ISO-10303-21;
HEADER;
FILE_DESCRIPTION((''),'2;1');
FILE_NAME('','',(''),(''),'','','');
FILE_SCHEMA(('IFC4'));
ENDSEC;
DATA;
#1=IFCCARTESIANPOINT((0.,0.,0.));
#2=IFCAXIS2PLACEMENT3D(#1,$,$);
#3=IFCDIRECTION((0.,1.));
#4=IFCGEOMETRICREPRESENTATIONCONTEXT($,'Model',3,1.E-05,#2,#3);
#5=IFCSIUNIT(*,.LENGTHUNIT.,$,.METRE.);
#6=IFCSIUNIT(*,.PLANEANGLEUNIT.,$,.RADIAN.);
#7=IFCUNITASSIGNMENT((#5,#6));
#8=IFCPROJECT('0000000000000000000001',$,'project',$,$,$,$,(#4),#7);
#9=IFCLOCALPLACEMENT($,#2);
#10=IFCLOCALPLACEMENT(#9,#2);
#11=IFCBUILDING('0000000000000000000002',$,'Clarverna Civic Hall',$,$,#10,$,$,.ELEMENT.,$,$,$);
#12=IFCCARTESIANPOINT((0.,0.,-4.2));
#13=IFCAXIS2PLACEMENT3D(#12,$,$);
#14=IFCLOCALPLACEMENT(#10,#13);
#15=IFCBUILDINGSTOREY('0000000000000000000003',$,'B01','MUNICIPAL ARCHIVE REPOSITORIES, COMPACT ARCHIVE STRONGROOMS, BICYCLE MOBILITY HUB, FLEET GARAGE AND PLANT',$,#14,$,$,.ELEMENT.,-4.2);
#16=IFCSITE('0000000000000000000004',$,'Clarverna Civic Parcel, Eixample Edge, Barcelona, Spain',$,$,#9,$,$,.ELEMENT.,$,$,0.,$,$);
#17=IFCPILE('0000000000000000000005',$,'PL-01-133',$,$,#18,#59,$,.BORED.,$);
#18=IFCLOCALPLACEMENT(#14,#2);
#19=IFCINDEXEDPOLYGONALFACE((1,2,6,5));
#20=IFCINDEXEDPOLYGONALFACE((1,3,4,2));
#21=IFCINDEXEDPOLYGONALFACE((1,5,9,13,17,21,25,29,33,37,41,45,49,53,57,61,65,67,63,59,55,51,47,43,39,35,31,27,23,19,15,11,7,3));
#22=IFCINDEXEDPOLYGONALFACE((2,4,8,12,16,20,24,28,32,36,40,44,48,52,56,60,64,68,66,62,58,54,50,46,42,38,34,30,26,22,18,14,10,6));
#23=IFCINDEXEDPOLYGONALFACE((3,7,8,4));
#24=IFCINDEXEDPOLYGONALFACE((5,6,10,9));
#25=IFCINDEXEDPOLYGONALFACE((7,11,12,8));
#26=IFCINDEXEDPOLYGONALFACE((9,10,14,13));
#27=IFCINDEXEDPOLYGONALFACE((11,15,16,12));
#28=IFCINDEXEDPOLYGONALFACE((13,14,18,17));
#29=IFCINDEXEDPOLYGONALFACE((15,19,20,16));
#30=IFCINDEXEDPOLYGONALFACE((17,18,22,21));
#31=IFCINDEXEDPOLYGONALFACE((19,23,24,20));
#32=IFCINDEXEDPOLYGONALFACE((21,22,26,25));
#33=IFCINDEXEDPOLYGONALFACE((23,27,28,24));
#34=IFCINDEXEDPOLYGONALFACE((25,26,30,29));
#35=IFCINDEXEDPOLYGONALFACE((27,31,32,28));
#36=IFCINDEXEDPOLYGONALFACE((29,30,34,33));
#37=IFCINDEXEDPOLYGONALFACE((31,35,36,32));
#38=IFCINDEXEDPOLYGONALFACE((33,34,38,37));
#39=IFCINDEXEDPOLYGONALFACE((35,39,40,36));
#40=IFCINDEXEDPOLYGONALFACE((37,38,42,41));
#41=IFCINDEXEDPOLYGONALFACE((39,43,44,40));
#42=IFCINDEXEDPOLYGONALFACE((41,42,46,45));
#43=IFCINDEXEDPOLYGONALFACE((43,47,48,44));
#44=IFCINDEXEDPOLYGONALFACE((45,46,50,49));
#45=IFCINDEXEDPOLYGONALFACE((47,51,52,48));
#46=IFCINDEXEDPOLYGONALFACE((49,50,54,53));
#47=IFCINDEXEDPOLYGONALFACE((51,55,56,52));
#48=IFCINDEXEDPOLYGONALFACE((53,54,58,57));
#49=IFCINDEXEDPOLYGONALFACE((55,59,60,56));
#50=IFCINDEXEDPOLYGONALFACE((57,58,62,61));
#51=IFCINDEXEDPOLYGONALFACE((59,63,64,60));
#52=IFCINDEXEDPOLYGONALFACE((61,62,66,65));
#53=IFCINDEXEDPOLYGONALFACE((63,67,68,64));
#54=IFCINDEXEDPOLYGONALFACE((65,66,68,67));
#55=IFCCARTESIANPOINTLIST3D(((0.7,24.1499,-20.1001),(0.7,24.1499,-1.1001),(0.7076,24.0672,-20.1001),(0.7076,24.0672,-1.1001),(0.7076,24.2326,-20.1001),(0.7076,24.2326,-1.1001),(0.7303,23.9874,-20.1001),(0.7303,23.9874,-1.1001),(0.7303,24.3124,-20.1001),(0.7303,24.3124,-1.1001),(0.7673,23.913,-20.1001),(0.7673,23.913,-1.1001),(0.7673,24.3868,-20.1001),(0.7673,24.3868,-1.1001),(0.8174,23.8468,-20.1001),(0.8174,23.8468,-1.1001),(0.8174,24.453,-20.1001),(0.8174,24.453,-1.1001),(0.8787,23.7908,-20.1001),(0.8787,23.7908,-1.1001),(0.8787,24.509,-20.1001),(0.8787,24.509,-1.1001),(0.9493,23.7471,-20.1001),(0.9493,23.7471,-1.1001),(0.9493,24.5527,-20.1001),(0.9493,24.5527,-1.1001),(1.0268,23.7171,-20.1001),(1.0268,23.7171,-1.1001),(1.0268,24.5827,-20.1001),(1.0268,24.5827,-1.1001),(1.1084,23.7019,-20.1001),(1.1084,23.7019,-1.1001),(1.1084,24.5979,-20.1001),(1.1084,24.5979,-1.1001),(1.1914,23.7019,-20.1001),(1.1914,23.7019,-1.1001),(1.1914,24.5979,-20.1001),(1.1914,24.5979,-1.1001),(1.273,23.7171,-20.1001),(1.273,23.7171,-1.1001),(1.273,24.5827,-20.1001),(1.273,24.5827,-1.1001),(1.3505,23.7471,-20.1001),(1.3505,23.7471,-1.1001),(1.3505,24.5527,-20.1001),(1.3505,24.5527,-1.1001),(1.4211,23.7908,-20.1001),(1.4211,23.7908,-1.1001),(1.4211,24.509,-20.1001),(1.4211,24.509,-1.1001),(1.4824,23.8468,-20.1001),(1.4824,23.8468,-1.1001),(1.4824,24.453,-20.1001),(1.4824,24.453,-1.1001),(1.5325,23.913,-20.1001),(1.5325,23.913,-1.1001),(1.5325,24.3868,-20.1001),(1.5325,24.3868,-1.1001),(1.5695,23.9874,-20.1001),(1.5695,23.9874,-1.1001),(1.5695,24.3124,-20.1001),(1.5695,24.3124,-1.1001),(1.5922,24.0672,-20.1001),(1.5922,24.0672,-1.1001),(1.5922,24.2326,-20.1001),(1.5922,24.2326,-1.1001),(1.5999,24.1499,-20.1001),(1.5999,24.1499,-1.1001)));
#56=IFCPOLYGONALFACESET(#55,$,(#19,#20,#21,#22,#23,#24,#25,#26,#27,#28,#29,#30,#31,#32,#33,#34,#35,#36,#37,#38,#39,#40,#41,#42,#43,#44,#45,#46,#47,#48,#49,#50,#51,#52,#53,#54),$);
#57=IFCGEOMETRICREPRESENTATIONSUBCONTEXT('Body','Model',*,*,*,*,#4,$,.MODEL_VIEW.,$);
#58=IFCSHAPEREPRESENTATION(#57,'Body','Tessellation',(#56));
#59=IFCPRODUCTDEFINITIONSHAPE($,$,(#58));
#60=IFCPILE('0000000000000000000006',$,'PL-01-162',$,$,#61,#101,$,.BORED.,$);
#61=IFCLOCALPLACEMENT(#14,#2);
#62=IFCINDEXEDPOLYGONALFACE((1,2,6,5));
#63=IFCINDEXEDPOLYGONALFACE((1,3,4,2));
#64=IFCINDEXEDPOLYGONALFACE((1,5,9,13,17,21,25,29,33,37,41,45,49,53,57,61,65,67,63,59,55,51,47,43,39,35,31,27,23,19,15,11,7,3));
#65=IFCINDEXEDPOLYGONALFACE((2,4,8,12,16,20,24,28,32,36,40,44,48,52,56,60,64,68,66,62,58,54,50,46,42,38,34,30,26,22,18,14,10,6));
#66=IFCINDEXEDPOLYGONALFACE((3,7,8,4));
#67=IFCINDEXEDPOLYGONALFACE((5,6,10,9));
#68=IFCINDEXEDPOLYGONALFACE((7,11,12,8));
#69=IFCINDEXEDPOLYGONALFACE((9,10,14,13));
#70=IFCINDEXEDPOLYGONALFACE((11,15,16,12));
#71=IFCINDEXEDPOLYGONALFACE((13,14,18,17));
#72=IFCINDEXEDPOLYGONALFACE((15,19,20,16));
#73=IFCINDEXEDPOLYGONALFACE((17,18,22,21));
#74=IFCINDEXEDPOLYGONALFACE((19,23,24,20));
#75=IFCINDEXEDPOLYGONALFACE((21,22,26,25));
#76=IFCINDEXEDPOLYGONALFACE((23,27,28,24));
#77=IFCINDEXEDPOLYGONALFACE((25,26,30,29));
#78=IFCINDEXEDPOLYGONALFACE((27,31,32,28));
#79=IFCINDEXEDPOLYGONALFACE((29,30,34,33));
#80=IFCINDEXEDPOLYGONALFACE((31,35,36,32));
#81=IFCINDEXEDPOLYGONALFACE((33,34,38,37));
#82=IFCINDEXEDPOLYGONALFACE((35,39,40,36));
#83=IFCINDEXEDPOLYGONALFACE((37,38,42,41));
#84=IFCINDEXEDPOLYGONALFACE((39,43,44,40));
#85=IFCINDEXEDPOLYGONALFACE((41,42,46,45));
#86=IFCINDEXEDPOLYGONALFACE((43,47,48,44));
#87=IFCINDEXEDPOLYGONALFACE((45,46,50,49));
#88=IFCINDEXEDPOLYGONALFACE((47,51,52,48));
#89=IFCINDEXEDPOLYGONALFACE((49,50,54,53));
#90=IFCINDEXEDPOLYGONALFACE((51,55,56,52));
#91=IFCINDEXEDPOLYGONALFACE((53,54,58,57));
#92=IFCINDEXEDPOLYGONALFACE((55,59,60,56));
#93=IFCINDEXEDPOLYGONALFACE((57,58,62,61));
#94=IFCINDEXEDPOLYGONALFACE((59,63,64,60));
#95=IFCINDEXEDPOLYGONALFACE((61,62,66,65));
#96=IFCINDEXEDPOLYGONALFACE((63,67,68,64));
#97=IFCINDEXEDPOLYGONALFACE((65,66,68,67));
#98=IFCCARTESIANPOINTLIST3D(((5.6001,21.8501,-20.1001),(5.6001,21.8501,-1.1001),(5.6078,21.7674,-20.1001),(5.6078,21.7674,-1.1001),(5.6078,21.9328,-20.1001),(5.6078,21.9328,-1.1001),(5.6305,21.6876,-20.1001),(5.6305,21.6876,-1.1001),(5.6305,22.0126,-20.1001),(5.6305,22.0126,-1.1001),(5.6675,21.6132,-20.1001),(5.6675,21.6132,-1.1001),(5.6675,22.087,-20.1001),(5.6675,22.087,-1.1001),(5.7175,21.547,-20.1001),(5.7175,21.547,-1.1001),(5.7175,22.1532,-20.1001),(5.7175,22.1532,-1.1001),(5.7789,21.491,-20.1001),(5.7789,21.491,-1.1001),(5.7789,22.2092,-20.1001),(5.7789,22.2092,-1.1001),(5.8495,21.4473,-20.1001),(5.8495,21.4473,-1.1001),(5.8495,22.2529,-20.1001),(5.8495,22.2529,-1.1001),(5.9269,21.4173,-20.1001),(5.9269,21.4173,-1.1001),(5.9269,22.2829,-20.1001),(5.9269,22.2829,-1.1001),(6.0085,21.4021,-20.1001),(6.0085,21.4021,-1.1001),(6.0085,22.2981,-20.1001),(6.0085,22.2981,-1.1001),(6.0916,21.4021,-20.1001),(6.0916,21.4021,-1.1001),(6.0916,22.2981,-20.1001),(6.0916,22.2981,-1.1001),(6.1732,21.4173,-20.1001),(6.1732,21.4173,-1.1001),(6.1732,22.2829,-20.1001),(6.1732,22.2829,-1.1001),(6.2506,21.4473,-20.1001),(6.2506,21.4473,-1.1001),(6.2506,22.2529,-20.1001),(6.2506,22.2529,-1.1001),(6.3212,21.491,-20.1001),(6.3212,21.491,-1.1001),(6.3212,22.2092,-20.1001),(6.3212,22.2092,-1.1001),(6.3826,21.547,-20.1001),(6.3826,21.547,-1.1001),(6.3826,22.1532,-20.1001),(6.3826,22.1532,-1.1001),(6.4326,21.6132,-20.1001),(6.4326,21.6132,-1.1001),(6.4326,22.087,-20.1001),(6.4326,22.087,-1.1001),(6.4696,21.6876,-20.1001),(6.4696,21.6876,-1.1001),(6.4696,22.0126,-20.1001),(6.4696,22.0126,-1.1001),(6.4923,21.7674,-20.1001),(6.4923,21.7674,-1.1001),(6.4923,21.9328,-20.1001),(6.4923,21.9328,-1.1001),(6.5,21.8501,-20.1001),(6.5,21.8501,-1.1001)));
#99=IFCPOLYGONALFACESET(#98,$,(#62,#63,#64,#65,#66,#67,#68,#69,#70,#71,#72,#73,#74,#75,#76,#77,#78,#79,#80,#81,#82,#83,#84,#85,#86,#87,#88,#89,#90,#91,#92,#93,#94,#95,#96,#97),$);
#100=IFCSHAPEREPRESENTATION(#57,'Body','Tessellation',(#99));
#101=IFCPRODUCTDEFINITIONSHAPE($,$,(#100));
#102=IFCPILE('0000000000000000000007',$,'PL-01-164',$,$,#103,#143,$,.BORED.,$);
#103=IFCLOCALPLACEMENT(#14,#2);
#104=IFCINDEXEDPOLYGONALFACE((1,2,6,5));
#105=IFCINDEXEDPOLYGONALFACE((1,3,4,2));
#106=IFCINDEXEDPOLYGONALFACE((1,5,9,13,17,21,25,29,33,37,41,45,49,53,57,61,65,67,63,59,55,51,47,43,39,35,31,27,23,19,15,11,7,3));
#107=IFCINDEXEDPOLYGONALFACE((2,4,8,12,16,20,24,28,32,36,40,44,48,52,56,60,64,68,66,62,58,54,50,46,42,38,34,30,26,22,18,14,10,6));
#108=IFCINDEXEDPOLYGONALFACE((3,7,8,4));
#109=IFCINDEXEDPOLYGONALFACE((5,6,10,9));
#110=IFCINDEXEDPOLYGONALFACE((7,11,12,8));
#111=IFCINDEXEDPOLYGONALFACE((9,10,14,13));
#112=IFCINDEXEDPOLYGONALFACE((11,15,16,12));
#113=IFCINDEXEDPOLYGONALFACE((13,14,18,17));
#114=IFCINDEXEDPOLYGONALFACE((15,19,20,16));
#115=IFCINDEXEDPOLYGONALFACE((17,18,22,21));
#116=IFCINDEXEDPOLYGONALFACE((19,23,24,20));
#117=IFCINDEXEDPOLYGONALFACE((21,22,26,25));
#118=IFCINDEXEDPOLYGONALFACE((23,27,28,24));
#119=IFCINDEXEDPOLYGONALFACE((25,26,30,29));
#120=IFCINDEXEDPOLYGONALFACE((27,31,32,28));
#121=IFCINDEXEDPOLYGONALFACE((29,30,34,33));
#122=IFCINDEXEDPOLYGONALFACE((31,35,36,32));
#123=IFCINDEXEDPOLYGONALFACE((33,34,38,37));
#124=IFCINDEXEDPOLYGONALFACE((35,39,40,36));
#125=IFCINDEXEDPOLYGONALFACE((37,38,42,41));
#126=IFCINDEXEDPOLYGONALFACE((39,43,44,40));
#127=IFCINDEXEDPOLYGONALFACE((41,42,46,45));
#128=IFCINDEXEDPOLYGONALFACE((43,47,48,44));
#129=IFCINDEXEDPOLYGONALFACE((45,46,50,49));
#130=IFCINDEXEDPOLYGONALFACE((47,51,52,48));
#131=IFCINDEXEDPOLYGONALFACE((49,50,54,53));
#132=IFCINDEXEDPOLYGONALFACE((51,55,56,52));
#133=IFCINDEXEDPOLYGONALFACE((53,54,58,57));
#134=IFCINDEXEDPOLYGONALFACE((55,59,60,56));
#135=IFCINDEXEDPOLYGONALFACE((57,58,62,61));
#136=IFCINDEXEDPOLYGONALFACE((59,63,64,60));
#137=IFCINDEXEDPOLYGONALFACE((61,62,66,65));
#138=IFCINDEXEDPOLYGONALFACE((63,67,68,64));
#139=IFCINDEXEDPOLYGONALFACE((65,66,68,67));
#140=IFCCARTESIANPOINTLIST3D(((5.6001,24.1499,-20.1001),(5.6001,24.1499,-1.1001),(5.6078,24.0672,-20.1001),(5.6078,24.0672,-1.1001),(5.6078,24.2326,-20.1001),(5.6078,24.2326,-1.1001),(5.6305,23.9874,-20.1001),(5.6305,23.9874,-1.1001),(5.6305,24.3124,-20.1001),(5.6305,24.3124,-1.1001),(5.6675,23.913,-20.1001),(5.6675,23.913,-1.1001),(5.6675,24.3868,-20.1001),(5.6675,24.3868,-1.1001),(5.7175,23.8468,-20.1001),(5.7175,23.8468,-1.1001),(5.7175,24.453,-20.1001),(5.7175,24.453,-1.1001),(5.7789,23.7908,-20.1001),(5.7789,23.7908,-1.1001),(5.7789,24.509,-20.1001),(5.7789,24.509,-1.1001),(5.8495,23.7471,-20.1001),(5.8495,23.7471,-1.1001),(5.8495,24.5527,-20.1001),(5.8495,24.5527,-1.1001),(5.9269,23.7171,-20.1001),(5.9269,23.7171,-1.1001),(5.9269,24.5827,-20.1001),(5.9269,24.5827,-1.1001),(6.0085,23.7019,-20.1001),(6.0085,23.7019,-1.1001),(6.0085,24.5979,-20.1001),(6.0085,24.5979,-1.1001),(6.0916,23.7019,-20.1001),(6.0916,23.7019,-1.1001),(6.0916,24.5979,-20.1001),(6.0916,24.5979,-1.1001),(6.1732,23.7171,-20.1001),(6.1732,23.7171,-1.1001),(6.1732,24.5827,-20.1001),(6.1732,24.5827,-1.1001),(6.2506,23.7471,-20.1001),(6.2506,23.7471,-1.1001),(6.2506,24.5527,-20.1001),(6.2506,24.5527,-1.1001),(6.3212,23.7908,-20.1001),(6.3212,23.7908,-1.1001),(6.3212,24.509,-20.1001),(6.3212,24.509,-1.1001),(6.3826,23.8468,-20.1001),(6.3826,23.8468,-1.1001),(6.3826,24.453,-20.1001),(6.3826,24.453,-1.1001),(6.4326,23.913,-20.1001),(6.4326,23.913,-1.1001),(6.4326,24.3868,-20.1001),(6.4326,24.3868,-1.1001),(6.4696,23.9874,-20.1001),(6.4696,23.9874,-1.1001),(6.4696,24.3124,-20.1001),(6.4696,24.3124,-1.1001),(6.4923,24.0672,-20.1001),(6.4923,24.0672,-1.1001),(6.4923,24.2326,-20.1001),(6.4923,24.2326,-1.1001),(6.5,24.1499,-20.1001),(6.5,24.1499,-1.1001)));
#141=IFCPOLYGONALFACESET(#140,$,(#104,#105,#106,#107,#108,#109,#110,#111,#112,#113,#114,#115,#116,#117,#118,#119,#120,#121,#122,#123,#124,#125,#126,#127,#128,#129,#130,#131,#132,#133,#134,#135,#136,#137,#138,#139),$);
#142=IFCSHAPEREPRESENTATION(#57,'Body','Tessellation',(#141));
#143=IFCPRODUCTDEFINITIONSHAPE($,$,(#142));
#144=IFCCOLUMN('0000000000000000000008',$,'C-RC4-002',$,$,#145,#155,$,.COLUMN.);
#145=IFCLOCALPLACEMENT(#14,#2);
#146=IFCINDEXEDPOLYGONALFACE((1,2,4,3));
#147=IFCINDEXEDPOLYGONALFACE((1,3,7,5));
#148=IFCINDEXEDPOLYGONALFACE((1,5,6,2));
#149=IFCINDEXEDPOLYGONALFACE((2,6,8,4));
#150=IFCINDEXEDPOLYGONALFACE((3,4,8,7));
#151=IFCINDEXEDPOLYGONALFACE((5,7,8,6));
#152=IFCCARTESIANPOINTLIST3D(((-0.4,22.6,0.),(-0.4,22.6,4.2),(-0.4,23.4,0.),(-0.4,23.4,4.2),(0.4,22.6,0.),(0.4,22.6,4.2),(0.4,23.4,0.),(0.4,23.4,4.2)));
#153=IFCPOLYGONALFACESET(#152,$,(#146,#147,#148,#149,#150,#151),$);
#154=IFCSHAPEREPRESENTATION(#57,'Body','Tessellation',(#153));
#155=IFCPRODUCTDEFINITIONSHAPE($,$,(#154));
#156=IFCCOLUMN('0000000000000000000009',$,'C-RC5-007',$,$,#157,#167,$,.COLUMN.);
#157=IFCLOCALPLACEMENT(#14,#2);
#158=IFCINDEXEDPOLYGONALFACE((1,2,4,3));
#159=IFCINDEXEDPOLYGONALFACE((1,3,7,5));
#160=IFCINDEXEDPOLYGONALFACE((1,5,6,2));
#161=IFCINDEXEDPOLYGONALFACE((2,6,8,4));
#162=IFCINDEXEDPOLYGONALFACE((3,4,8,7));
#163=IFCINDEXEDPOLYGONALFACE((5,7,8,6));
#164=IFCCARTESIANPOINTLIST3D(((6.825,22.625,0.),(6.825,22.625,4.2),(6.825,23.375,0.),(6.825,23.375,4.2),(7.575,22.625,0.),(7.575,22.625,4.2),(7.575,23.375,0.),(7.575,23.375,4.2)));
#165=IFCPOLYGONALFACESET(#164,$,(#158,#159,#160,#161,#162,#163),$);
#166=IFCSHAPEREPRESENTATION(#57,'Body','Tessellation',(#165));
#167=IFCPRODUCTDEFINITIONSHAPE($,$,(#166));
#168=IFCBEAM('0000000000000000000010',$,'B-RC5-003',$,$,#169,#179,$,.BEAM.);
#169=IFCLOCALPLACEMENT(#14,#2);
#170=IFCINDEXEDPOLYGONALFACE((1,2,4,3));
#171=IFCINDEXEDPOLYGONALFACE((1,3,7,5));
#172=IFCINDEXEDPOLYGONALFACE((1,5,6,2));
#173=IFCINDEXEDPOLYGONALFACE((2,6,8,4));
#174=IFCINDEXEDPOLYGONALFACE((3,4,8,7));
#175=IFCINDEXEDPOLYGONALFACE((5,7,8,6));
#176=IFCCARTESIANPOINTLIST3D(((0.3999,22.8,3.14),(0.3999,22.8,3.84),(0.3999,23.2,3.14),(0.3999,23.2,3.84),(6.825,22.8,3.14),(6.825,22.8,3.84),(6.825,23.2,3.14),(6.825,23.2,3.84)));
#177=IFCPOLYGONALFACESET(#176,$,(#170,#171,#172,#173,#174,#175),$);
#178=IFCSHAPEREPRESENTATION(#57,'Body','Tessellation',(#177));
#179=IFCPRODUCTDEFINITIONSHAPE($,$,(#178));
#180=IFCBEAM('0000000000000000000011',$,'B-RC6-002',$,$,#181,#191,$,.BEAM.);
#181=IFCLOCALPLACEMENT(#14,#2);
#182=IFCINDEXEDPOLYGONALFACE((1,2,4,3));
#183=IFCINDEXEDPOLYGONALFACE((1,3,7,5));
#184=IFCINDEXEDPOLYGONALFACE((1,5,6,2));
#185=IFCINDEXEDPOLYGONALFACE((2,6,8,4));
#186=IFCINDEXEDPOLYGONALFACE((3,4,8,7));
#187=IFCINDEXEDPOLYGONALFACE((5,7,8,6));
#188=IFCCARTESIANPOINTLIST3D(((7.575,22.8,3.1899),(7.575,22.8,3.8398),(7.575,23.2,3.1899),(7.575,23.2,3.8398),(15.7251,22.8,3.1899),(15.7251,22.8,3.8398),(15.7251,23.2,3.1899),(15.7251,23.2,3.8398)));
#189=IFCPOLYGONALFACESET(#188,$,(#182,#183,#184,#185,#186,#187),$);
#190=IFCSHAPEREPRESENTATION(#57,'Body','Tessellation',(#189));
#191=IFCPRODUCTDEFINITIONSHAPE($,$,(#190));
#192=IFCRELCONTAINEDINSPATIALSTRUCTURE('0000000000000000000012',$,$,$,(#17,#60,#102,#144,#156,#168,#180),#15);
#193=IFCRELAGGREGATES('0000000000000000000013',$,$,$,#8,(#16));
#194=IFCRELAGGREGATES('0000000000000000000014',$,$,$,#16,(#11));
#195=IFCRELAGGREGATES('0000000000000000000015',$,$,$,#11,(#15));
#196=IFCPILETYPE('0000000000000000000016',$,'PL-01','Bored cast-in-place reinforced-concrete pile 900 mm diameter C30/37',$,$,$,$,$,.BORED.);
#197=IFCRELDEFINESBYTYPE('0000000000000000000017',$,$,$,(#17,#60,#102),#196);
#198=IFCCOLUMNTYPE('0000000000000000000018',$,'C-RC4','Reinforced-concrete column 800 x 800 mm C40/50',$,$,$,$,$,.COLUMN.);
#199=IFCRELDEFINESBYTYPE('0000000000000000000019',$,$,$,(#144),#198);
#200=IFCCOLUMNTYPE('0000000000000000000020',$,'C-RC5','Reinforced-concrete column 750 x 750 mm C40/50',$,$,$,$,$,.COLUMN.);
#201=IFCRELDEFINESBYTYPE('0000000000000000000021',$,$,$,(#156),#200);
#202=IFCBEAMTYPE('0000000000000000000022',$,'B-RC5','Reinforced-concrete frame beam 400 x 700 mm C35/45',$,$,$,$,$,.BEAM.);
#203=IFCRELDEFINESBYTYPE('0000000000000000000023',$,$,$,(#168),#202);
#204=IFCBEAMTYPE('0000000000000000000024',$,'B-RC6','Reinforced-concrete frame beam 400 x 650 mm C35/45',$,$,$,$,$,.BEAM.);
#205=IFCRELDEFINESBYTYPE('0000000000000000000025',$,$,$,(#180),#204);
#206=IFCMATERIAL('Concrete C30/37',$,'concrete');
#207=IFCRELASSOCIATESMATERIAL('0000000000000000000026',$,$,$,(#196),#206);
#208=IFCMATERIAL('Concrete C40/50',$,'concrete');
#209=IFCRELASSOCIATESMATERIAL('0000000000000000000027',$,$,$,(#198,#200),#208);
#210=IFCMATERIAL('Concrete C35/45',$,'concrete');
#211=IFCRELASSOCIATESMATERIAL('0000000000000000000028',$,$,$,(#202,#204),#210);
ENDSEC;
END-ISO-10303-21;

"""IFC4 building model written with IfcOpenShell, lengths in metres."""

from ifc_helpers import new_model, si_unit, direction, frame, origin, origin_2d, place, context, subcontext, project, spatial, rectangle, circle, extrude, material, material_profile, profile_set, type_object, element, save


model = new_model("IFC4")

# Units and contexts
model_context = context("Model", 3, precision=1e-05, world=origin(), true_north=direction((0.0, 1.0)))
body_context = subcontext(model_context, "Body", "Model", "MODEL_VIEW")
ifc_project = project(units=[si_unit("LENGTHUNIT", "METRE"), si_unit("PLANEANGLEUNIT", "RADIAN")], contexts=[model_context])

# Site, building, storey
site_placement = place(None, origin())
site = spatial("IfcSite", under=ifc_project, at=site_placement, Name="Clarverna Civic Parcel, Eixample Edge, Barcelona, Spain", CompositionType="ELEMENT", RefElevation=0.0)
building_placement = place(site_placement, origin())
building = spatial("IfcBuilding", under=site, at=building_placement, Name="Clarverna Civic Hall", CompositionType="ELEMENT")
storey_placement = place(building_placement, frame((0.0, 0.0, -4.2)))
storey = spatial("IfcBuildingStorey", under=building, at=storey_placement, Name="B01", Description="MUNICIPAL ARCHIVE REPOSITORIES, COMPACT ARCHIVE STRONGROOMS, BICYCLE MOBILITY HUB, FLEET GARAGE AND PLANT", CompositionType="ELEMENT", Elevation=-4.2)

# Shared definitions
ifc_material_1 = material(Name="Concrete C30/37", Category="concrete")

# Piles
ifc_material_profile_1 = material_profile(ifc_material_1, circle(Radius=0.45, at=origin_2d()), Name="BORED PILE D900")
ifc_profile_set_1 = profile_set([ifc_material_profile_1], Name="Concrete C30/37")
pile_type = type_object("IfcPileType", Name="PL-01", Description="Bored cast-in-place reinforced-concrete pile 900 mm diameter C30/37", PredefinedType="BORED", material=ifc_profile_set_1)
for number, where, z_axis, x_axis, name in (
    (1, (1.1499, 24.1499, -1.1001), (0.0, 0.0, -1.0), (1.0, 0.0, 0.0), "PL-01-133"),
    (2, (6.05, 21.8501, -1.1001), (0.0, 0.0, -1.0), (1.0, 0.0, 0.0), "PL-01-162"),
    (3, (6.05, 24.1499, -1.1001), (0.0, 0.0, -1.0), (1.0, 0.0, 0.0), "PL-01-164"),
):
    element("IfcPile", number, at=place(storey_placement, frame(where, z_axis=z_axis, x_axis=x_axis)), inside=storey, type_object=pile_type, Name=name, PredefinedType="BORED", context=body_context, shape_type="SweptSolid", body=[
        extrude(circle(Radius=0.45, at=origin_2d()), origin(), (0.0, 0.0, 1.0), 19.0),
    ])

# Columns
ifc_material_2 = material(Name="Concrete C40/50", Category="concrete")
ifc_material_profile_2 = material_profile(ifc_material_2, rectangle(XDim=0.8, YDim=0.8, at=origin_2d()), Name="RC 800x800")
ifc_profile_set_2 = profile_set([ifc_material_profile_2], Name="Concrete C40/50")
column_type_1 = type_object("IfcColumnType", Name="C-RC4", Description="Reinforced-concrete column 800 x 800 mm C40/50", PredefinedType="COLUMN", material=ifc_profile_set_2)
column_1_placement = place(storey_placement, frame((0.0, 23.0, 0.0), z_axis=(0.0, 0.0, 1.0), x_axis=(1.0, 0.0, 0.0)))
element("IfcColumn", 4, at=column_1_placement, inside=storey, type_object=column_type_1, Name="C-RC4-002", PredefinedType="COLUMN", context=body_context, shape_type="SweptSolid", body=[
    extrude(rectangle(XDim=0.8, YDim=0.8, at=origin_2d()), origin(), (0.0, 0.0, 1.0), 4.2),
])
ifc_material_profile_3 = material_profile(ifc_material_2, rectangle(XDim=0.75, YDim=0.75, at=origin_2d()), Name="RC 750x750")
ifc_profile_set_3 = profile_set([ifc_material_profile_3], Name="Concrete C40/50")
column_type_2 = type_object("IfcColumnType", Name="C-RC5", Description="Reinforced-concrete column 750 x 750 mm C40/50", PredefinedType="COLUMN", material=ifc_profile_set_3)
column_2_placement = place(storey_placement, frame((7.2, 23.0, 0.0), z_axis=(0.0, 0.0, 1.0), x_axis=(1.0, 0.0, 0.0)))
element("IfcColumn", 5, at=column_2_placement, inside=storey, type_object=column_type_2, Name="C-RC5-007", PredefinedType="COLUMN", context=body_context, shape_type="SweptSolid", body=[
    extrude(rectangle(XDim=0.75, YDim=0.75, at=origin_2d()), origin(), (0.0, 0.0, 1.0), 4.2),
])

# Beams
ifc_material_3 = material(Name="Concrete C35/45", Category="concrete")
ifc_material_profile_4 = material_profile(ifc_material_3, rectangle(XDim=0.3999, YDim=0.7, at=origin_2d()), Name="RC 400x700")
ifc_profile_set_4 = profile_set([ifc_material_profile_4], Name="Concrete C35/45")
beam_type_1 = type_object("IfcBeamType", Name="B-RC5", Description="Reinforced-concrete frame beam 400 x 700 mm C35/45", PredefinedType="BEAM", material=ifc_profile_set_4)
beam_1_placement = place(storey_placement, frame((0.3999, 23.0, 3.49), z_axis=(1.0, 0.0, 0.0), x_axis=(0.0, 1.0, 0.0)))
element("IfcBeam", 6, at=beam_1_placement, inside=storey, type_object=beam_type_1, Name="B-RC5-003", PredefinedType="BEAM", context=body_context, shape_type="SweptSolid", body=[
    extrude(rectangle(XDim=0.3999, YDim=0.7, at=origin_2d()), origin(), (0.0, 0.0, 1.0), 6.425),
])
ifc_material_profile_5 = material_profile(ifc_material_3, rectangle(XDim=0.3999, YDim=0.6499, at=origin_2d()), Name="RC 400x650")
ifc_profile_set_5 = profile_set([ifc_material_profile_5], Name="Concrete C35/45")
beam_type_2 = type_object("IfcBeamType", Name="B-RC6", Description="Reinforced-concrete frame beam 400 x 650 mm C35/45", PredefinedType="BEAM", material=ifc_profile_set_5)
beam_2_placement = place(storey_placement, frame((7.575, 23.0, 3.5149), z_axis=(1.0, 0.0, 0.0), x_axis=(0.0, 1.0, 0.0)))
element("IfcBeam", 7, at=beam_2_placement, inside=storey, type_object=beam_type_2, Name="B-RC6-002", PredefinedType="BEAM", context=body_context, shape_type="SweptSolid", body=[
    extrude(rectangle(XDim=0.3999, YDim=0.6499, at=origin_2d()), origin(), (0.0, 0.0, 1.0), 8.1501),
])

save(model, "model.ifc")
